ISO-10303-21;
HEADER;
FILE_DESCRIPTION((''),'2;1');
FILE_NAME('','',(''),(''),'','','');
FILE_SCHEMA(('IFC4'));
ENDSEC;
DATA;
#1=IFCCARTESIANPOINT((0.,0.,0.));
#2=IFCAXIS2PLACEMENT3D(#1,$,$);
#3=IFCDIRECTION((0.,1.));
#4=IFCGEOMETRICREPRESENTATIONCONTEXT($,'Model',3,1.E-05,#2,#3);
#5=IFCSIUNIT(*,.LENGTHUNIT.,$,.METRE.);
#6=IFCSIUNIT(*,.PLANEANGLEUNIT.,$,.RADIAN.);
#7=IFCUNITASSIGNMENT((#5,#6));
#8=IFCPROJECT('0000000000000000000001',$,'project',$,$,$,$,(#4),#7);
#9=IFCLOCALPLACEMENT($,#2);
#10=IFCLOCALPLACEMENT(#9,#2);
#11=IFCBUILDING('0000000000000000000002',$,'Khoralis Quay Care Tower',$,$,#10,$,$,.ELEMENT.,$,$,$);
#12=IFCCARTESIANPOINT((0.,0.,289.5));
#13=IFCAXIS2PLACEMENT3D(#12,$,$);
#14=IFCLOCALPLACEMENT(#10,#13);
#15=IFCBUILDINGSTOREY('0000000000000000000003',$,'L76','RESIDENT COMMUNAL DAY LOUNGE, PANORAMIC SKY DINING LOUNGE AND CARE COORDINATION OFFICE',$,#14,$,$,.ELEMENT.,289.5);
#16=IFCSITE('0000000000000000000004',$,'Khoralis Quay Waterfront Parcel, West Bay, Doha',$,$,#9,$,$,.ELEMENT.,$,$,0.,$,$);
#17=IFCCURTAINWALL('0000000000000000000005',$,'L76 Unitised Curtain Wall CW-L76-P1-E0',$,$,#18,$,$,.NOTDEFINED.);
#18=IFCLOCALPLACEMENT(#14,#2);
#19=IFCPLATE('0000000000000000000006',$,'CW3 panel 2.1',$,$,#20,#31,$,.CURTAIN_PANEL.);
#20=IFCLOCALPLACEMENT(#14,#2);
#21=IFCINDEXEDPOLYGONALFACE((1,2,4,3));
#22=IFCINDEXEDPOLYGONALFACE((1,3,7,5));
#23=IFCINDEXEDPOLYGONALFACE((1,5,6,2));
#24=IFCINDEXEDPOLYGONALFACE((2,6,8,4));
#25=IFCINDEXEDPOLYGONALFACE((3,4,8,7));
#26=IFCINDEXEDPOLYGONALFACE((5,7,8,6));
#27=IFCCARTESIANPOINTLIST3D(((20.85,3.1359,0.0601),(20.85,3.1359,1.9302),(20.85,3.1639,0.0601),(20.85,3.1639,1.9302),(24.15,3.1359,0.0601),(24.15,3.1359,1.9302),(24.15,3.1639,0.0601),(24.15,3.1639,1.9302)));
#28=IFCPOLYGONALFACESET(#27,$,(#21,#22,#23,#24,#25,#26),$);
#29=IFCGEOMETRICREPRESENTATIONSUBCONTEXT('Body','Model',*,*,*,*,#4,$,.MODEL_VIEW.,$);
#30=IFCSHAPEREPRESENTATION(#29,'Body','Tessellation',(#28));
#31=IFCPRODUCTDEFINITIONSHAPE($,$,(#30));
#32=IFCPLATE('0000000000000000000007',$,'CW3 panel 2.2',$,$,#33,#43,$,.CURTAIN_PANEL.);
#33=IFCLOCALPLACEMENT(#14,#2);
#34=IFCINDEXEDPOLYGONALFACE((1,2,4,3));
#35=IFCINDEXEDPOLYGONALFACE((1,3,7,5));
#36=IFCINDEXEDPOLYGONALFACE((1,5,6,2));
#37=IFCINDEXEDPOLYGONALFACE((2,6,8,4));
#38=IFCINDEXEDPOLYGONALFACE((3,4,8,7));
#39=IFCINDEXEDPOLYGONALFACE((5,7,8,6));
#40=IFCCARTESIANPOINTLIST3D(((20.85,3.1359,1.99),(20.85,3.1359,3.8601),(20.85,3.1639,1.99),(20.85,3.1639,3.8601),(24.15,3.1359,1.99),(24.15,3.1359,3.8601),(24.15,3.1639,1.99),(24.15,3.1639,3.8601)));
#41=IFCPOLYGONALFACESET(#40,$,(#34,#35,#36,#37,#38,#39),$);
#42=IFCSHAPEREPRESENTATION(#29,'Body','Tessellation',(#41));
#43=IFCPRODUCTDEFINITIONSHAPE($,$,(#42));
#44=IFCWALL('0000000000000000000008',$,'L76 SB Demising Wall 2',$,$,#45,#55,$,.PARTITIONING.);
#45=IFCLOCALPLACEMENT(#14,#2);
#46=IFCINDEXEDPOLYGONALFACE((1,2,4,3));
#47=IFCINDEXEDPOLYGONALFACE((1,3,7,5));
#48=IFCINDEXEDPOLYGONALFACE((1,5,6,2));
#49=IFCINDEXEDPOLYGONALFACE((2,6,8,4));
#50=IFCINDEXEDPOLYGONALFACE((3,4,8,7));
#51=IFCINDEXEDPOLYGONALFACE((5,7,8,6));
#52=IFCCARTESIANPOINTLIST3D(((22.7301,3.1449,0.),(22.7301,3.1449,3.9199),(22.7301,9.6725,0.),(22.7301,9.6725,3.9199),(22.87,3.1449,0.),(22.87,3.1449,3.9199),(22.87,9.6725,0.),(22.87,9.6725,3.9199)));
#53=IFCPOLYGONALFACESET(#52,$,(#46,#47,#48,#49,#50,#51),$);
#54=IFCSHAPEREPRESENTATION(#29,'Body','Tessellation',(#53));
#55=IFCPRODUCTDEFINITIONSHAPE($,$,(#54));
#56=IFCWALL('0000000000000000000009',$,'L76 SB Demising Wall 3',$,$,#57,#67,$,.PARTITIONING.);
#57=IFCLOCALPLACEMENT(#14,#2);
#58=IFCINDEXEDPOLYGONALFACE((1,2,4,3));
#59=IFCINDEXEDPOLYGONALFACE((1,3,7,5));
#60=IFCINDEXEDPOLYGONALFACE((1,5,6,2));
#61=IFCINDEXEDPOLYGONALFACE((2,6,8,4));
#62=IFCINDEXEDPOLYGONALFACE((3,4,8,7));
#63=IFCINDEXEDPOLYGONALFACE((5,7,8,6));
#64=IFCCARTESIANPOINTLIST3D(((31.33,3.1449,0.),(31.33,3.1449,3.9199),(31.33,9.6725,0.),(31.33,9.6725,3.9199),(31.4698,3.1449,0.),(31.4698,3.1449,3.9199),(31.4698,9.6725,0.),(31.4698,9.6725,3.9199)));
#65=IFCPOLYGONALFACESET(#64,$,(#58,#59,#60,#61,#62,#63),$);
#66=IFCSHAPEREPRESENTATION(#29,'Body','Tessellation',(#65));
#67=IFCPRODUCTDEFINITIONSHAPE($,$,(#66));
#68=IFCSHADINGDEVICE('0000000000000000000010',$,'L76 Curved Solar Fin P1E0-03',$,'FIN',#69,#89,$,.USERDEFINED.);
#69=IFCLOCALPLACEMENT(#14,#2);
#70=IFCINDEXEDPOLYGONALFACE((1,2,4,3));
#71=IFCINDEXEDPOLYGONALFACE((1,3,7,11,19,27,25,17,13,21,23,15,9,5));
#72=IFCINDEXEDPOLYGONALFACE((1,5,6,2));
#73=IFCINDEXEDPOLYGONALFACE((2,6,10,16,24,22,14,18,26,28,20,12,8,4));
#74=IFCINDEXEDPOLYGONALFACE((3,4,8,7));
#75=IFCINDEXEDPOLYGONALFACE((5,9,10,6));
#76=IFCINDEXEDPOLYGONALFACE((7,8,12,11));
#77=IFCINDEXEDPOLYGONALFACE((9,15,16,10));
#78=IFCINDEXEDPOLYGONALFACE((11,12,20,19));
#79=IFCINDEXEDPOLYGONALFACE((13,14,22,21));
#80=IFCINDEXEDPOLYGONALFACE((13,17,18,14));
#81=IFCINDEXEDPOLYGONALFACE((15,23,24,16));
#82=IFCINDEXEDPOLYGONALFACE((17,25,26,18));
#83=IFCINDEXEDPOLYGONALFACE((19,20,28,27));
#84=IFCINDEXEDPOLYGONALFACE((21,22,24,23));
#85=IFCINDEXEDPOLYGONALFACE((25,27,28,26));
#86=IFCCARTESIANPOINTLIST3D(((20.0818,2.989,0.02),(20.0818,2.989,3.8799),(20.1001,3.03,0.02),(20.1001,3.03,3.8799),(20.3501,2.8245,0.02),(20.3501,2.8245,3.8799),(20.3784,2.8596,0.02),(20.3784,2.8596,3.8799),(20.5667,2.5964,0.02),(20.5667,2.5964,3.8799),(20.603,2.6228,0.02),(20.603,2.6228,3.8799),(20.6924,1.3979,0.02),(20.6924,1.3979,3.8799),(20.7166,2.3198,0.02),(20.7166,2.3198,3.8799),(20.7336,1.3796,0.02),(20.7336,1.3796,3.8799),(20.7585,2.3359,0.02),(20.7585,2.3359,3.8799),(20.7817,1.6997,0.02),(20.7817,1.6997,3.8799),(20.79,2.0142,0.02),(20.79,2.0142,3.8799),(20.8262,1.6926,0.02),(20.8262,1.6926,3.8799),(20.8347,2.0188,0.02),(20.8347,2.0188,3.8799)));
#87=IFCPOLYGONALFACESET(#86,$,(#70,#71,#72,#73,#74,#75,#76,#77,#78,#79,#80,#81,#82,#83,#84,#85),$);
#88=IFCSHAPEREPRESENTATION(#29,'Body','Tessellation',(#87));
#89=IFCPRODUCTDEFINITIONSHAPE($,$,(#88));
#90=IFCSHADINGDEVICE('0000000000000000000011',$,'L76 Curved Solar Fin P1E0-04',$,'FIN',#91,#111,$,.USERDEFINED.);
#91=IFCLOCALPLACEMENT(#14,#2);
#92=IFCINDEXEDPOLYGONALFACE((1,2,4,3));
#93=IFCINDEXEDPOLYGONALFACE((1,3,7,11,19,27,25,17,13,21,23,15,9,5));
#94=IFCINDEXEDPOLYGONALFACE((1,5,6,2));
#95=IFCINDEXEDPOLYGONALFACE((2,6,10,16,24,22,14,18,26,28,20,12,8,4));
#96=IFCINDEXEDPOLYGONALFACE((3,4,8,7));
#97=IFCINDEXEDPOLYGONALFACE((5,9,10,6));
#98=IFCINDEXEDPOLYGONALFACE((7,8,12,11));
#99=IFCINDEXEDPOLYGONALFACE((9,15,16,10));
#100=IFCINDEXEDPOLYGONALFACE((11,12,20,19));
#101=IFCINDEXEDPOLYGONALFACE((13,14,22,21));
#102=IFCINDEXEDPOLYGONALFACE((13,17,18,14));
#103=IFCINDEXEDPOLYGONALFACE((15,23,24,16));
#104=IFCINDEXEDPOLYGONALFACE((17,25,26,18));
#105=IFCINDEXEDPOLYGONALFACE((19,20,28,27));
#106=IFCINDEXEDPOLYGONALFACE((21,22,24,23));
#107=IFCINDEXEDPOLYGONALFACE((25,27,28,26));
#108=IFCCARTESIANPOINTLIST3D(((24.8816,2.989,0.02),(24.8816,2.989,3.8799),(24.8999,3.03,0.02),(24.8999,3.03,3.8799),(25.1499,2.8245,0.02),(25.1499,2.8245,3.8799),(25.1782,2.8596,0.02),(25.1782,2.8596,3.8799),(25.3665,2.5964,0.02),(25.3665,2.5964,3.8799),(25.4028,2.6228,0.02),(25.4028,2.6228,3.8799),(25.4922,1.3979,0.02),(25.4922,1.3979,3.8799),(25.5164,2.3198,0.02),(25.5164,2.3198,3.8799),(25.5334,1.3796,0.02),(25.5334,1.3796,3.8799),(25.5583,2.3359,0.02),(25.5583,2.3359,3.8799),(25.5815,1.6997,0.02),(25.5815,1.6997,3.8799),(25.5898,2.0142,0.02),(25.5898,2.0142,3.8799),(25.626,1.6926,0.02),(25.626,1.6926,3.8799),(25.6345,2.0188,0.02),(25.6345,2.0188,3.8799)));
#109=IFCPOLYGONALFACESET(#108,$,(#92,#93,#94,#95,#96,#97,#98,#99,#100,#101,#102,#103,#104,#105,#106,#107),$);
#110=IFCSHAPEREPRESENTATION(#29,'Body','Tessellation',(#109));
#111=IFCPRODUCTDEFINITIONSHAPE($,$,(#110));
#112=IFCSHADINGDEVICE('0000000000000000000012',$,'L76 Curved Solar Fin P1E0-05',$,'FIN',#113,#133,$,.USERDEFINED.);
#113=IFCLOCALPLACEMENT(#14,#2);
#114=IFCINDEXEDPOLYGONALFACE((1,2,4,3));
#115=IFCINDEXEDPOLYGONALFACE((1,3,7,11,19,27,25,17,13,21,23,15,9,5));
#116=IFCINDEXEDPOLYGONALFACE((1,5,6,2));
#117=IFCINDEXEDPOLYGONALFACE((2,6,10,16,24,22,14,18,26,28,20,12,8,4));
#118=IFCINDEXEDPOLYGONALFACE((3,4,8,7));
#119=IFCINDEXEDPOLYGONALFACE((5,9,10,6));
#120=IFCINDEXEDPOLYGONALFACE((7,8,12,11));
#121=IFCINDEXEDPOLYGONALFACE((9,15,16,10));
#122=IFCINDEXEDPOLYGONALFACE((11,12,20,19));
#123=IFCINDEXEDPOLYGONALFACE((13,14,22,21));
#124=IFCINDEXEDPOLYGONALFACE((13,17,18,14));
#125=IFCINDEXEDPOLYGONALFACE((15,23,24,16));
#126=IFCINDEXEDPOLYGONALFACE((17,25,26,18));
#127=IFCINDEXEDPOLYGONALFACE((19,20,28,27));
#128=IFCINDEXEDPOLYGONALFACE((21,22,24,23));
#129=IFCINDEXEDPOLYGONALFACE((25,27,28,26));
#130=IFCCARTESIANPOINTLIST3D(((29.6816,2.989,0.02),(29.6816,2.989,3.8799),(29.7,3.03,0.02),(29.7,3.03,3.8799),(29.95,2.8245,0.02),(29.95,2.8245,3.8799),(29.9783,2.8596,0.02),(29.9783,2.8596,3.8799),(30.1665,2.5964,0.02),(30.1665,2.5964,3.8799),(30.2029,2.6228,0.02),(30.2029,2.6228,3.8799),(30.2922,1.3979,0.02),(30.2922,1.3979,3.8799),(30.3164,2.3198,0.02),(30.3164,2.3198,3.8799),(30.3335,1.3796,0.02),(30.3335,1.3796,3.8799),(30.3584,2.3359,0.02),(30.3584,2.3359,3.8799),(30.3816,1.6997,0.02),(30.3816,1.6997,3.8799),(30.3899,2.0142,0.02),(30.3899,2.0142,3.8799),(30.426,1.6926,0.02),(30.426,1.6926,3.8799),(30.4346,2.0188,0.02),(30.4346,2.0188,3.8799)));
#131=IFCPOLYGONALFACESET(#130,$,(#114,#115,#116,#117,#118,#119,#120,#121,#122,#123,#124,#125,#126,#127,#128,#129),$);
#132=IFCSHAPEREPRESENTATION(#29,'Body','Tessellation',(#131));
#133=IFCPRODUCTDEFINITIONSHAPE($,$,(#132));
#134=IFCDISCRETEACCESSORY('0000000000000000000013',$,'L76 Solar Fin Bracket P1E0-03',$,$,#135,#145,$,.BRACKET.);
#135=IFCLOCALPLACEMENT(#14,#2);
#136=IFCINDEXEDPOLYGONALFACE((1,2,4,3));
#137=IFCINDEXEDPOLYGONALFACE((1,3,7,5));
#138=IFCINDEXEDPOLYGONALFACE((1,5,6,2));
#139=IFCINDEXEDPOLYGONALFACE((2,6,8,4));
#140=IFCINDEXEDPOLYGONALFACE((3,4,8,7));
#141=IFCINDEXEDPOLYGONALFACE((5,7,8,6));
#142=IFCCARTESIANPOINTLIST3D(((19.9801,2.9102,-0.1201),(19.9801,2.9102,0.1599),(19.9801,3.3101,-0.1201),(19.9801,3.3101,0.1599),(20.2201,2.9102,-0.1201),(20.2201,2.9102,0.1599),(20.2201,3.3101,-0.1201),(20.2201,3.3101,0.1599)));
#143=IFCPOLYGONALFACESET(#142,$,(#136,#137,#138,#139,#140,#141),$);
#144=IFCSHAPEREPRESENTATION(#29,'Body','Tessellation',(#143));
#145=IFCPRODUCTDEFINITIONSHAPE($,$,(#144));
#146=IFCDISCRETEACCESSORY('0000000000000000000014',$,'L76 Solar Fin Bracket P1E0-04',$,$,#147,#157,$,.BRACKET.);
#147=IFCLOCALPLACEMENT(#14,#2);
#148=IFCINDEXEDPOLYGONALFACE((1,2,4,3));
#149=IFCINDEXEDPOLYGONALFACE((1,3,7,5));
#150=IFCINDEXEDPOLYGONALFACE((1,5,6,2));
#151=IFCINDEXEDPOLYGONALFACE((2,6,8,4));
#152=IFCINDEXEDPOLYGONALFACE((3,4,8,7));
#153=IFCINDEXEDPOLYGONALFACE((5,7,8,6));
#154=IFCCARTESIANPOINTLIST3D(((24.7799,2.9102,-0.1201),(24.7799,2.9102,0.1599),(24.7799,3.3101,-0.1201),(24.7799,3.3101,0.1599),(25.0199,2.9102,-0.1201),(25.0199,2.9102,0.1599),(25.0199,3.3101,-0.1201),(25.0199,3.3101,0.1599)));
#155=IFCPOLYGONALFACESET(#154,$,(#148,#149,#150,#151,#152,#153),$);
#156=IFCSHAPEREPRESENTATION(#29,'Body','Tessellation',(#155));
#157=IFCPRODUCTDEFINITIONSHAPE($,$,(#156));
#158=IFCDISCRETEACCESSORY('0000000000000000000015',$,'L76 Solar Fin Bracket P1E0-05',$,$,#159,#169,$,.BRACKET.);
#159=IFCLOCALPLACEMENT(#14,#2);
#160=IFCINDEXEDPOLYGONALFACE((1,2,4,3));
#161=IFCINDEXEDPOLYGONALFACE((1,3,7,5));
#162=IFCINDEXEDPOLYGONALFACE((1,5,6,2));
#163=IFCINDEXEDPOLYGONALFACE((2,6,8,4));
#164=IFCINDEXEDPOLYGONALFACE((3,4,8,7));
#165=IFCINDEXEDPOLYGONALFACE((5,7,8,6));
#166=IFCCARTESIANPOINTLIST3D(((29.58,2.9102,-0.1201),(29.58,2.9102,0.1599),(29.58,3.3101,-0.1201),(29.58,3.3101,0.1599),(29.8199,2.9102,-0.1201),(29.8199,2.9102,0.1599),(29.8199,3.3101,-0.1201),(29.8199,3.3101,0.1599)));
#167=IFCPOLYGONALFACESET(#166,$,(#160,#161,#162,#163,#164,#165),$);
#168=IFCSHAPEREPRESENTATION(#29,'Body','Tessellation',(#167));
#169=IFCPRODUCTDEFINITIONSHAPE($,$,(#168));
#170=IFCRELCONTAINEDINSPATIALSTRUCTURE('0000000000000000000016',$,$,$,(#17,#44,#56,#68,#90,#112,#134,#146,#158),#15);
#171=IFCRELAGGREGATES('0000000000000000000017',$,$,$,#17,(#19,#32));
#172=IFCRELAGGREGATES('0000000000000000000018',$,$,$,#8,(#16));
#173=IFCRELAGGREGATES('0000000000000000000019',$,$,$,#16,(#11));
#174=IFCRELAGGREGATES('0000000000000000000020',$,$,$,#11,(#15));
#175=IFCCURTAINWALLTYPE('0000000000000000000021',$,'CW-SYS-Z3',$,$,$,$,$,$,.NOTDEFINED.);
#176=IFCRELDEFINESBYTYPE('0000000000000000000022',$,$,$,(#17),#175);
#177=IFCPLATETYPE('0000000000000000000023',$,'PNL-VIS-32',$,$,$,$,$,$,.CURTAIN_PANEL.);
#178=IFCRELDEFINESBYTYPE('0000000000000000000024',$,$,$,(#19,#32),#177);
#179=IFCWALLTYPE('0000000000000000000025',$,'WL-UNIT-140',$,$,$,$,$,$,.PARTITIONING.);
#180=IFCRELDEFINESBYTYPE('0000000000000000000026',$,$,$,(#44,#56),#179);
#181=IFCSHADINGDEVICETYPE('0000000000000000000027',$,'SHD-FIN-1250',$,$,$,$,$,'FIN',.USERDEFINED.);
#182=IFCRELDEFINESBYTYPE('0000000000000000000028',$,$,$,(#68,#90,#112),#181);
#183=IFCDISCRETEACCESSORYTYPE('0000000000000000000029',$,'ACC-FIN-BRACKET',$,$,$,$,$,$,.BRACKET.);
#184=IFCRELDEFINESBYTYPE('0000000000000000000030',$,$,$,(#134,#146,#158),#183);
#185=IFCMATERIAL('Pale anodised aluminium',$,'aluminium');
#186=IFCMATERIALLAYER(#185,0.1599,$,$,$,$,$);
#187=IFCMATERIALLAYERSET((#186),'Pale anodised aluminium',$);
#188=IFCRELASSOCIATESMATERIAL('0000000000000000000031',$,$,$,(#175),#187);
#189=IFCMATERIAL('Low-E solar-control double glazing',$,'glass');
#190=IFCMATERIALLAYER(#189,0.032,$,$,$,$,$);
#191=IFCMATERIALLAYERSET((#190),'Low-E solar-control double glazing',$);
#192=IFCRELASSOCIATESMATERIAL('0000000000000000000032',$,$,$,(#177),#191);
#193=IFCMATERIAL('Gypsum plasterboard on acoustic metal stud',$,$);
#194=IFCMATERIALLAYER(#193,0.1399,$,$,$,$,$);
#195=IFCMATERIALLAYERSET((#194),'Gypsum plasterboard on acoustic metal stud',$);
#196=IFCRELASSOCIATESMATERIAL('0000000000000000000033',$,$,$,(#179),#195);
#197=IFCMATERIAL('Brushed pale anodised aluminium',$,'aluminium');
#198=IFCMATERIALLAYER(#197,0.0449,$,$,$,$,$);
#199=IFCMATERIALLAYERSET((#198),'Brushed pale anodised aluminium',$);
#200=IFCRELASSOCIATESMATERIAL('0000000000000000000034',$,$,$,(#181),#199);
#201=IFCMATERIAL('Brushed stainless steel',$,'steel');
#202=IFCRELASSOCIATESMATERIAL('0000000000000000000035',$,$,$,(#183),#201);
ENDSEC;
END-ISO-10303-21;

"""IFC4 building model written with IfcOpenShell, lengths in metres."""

from ifc_helpers import new_model, si_unit, direction, frame, frame_2d, origin, origin_2d, place, context, subcontext, project, spatial, polyline, rectangle, outline, extrude, source, transform, mapped, material, layer, layer_set, type_object, element, aggregate, save


model = new_model("IFC4")

# Units and contexts
model_context = context("Model", 3, precision=1e-05, world=origin(), true_north=direction((0.0, 1.0)))
body_context = subcontext(model_context, "Body", "Model", "MODEL_VIEW")
ifc_project = project(units=[si_unit("LENGTHUNIT", "METRE"), si_unit("PLANEANGLEUNIT", "RADIAN")], contexts=[model_context])

# Site, building, storey
site_placement = place(None, origin())
site = spatial("IfcSite", under=ifc_project, at=site_placement, Name="Khoralis Quay Waterfront Parcel, West Bay, Doha", CompositionType="ELEMENT", RefElevation=0.0)
building_placement = place(site_placement, origin())
building = spatial("IfcBuilding", under=site, at=building_placement, Name="Khoralis Quay Care Tower", CompositionType="ELEMENT")
storey_placement = place(building_placement, frame((0.0, 0.0, 289.5)))
storey = spatial("IfcBuildingStorey", under=building, at=storey_placement, Name="L76", Description="RESIDENT COMMUNAL DAY LOUNGE, PANORAMIC SKY DINING LOUNGE AND CARE COORDINATION OFFICE", CompositionType="ELEMENT", Elevation=289.5)

# Curtain wall, plates
ifc_material_1 = material(Name="Pale anodised aluminium", Category="aluminium")
ifc_layer_1 = layer(ifc_material_1, 0.1599)
ifc_layer_set_1 = layer_set([ifc_layer_1], Name="Pale anodised aluminium")
curtain_wall_type = type_object("IfcCurtainWallType", Name="CW-SYS-Z3", PredefinedType="NOTDEFINED", material=ifc_layer_set_1)
curtain_wall_placement = place(storey_placement, origin())
curtain_wall = element("IfcCurtainWall", 1, at=curtain_wall_placement, inside=storey, type_object=curtain_wall_type, Name="L76 Unitised Curtain Wall CW-L76-P1-E0", PredefinedType="NOTDEFINED")
ifc_material_2 = material(Name="Low-E solar-control double glazing", Category="glass")
ifc_layer_2 = layer(ifc_material_2, 0.032)
ifc_layer_set_2 = layer_set([ifc_layer_2], Name="Low-E solar-control double glazing")
plate_type = type_object("IfcPlateType", Name="PNL-VIS-32", PredefinedType="CURTAIN_PANEL", material=ifc_layer_set_2)
shared_shape_1 = source(origin(), body_context, "Body", "SweptSolid", [
    extrude(rectangle(XDim=3.3, YDim=0.0281, at=origin_2d()), origin(), (0.0, 0.0, 1.0), 1.8701),
])
plate_1_placement = place(storey_placement, frame((22.5, 3.1499, 0.0601), z_axis=(0.0, 0.0, 1.0), x_axis=(1.0, 0.0, 0.0)))
plate_1 = element("IfcPlate", 2, at=plate_1_placement, type_object=plate_type, Name="CW3 panel 2.1", PredefinedType="CURTAIN_PANEL", context=body_context, shape_type="MappedRepresentation", body=[
    mapped(shared_shape_1, transform((0.0, 0.0, 0.0), scale=1.0)),
])
plate_2_placement = place(storey_placement, frame((22.5, 3.1499, 1.99), z_axis=(0.0, 0.0, 1.0), x_axis=(1.0, 0.0, 0.0)))
plate_2 = element("IfcPlate", 3, at=plate_2_placement, type_object=plate_type, Name="CW3 panel 2.2", PredefinedType="CURTAIN_PANEL", context=body_context, shape_type="MappedRepresentation", body=[
    mapped(shared_shape_1, transform((0.0, 0.0, 0.0), scale=1.0)),
])
aggregate(curtain_wall, [plate_1, plate_2])

# Walls
ifc_material_3 = material(Name="Gypsum plasterboard on acoustic metal stud")
ifc_layer_3 = layer(ifc_material_3, 0.1399)
ifc_layer_set_3 = layer_set([ifc_layer_3], Name="Gypsum plasterboard on acoustic metal stud")
wall_type = type_object("IfcWallType", Name="WL-UNIT-140", PredefinedType="PARTITIONING", material=ifc_layer_set_3)
for number, where, z_axis, x_axis, name in (
    (4, (22.8, 3.145, 0.0), (0.0, 0.0, 1.0), (0.0, 1.0, 0.0), "L76 SB Demising Wall 2"),
    (5, (31.3999, 3.145, 0.0), (0.0, 0.0, 1.0), (0.0, 1.0, 0.0), "L76 SB Demising Wall 3"),
):
    element("IfcWall", number, at=place(storey_placement, frame(where, z_axis=z_axis, x_axis=x_axis)), inside=storey, type_object=wall_type, Name=name, PredefinedType="PARTITIONING", context=body_context, shape_type="SweptSolid", body=[
        extrude(rectangle(XDim=6.5276, YDim=0.1399, at=frame_2d((3.2637, 0.0))), origin(), (0.0, 0.0, 1.0), 3.9199),
    ])

# Shading devices
ifc_material_4 = material(Name="Brushed pale anodised aluminium", Category="aluminium")
ifc_layer_4 = layer(ifc_material_4, 0.0449)
ifc_layer_set_4 = layer_set([ifc_layer_4], Name="Brushed pale anodised aluminium")
shading_device_type = type_object("IfcShadingDeviceType", Name="SHD-FIN-1250", ElementType="FIN", PredefinedType="USERDEFINED", material=ifc_layer_set_4)
shared_shape_2 = source(origin(), body_context, "Body", "SweptSolid", [
    extrude(outline(polyline([(0.0, 0.0), (0.1704, 0.2783), (0.4072, 0.5029), (0.6941, 0.6584), (1.0112, 0.7346), (1.3374, 0.7261), (1.6504, 0.6335), (1.6321, 0.5923), (1.3303, 0.6816), (1.0159, 0.6899), (0.7102, 0.6165), (0.4336, 0.4666), (0.2056, 0.25), (0.041, -0.0183), (0.0, 0.0)])), origin(), (0.0, 0.0, 1.0), 3.8599),
])
for number, where, z_axis, x_axis, name in (
    (6, (20.1001, 3.03, 0.02), (0.0, 0.0, 1.0), (0.0, -1.0, 0.0), "L76 Curved Solar Fin P1E0-03"),
    (7, (24.8999, 3.03, 0.02), (0.0, 0.0, 1.0), (0.0, -1.0, 0.0), "L76 Curved Solar Fin P1E0-04"),
    (8, (29.7, 3.03, 0.02), (0.0, 0.0, 1.0), (0.0, -1.0, 0.0), "L76 Curved Solar Fin P1E0-05"),
):
    element("IfcShadingDevice", number, at=place(storey_placement, frame(where, z_axis=z_axis, x_axis=x_axis)), inside=storey, type_object=shading_device_type, Name=name, ObjectType="FIN", PredefinedType="USERDEFINED", context=body_context, shape_type="MappedRepresentation", body=[
        mapped(shared_shape_2, transform((0.0, 0.0, 0.0), scale=1.0)),
    ])

# Discrete accessories
ifc_material_5 = material(Name="Brushed stainless steel", Category="steel")
discrete_accessory_type = type_object("IfcDiscreteAccessoryType", Name="ACC-FIN-BRACKET", PredefinedType="BRACKET", material=ifc_material_5)
shared_shape_3 = source(origin(), body_context, "Body", "SweptSolid", [
    extrude(rectangle(XDim=0.3999, YDim=0.24, at=origin_2d()), origin(), (0.0, 0.0, 1.0), 0.28),
])
for number, where, z_axis, x_axis, name in (
    (9, (20.1001, 3.1101, -0.1201), (0.0, 0.0, 1.0), (0.0, -1.0, 0.0), "L76 Solar Fin Bracket P1E0-03"),
    (10, (24.8999, 3.1101, -0.1201), (0.0, 0.0, 1.0), (0.0, -1.0, 0.0), "L76 Solar Fin Bracket P1E0-04"),
    (11, (29.7, 3.1101, -0.1201), (0.0, 0.0, 1.0), (0.0, -1.0, 0.0), "L76 Solar Fin Bracket P1E0-05"),
):
    element("IfcDiscreteAccessory", number, at=place(storey_placement, frame(where, z_axis=z_axis, x_axis=x_axis)), inside=storey, type_object=discrete_accessory_type, Name=name, PredefinedType="BRACKET", context=body_context, shape_type="MappedRepresentation", body=[
        mapped(shared_shape_3, transform((0.0, 0.0, 0.0), scale=1.0)),
    ])

save(model, "model.ifc")
